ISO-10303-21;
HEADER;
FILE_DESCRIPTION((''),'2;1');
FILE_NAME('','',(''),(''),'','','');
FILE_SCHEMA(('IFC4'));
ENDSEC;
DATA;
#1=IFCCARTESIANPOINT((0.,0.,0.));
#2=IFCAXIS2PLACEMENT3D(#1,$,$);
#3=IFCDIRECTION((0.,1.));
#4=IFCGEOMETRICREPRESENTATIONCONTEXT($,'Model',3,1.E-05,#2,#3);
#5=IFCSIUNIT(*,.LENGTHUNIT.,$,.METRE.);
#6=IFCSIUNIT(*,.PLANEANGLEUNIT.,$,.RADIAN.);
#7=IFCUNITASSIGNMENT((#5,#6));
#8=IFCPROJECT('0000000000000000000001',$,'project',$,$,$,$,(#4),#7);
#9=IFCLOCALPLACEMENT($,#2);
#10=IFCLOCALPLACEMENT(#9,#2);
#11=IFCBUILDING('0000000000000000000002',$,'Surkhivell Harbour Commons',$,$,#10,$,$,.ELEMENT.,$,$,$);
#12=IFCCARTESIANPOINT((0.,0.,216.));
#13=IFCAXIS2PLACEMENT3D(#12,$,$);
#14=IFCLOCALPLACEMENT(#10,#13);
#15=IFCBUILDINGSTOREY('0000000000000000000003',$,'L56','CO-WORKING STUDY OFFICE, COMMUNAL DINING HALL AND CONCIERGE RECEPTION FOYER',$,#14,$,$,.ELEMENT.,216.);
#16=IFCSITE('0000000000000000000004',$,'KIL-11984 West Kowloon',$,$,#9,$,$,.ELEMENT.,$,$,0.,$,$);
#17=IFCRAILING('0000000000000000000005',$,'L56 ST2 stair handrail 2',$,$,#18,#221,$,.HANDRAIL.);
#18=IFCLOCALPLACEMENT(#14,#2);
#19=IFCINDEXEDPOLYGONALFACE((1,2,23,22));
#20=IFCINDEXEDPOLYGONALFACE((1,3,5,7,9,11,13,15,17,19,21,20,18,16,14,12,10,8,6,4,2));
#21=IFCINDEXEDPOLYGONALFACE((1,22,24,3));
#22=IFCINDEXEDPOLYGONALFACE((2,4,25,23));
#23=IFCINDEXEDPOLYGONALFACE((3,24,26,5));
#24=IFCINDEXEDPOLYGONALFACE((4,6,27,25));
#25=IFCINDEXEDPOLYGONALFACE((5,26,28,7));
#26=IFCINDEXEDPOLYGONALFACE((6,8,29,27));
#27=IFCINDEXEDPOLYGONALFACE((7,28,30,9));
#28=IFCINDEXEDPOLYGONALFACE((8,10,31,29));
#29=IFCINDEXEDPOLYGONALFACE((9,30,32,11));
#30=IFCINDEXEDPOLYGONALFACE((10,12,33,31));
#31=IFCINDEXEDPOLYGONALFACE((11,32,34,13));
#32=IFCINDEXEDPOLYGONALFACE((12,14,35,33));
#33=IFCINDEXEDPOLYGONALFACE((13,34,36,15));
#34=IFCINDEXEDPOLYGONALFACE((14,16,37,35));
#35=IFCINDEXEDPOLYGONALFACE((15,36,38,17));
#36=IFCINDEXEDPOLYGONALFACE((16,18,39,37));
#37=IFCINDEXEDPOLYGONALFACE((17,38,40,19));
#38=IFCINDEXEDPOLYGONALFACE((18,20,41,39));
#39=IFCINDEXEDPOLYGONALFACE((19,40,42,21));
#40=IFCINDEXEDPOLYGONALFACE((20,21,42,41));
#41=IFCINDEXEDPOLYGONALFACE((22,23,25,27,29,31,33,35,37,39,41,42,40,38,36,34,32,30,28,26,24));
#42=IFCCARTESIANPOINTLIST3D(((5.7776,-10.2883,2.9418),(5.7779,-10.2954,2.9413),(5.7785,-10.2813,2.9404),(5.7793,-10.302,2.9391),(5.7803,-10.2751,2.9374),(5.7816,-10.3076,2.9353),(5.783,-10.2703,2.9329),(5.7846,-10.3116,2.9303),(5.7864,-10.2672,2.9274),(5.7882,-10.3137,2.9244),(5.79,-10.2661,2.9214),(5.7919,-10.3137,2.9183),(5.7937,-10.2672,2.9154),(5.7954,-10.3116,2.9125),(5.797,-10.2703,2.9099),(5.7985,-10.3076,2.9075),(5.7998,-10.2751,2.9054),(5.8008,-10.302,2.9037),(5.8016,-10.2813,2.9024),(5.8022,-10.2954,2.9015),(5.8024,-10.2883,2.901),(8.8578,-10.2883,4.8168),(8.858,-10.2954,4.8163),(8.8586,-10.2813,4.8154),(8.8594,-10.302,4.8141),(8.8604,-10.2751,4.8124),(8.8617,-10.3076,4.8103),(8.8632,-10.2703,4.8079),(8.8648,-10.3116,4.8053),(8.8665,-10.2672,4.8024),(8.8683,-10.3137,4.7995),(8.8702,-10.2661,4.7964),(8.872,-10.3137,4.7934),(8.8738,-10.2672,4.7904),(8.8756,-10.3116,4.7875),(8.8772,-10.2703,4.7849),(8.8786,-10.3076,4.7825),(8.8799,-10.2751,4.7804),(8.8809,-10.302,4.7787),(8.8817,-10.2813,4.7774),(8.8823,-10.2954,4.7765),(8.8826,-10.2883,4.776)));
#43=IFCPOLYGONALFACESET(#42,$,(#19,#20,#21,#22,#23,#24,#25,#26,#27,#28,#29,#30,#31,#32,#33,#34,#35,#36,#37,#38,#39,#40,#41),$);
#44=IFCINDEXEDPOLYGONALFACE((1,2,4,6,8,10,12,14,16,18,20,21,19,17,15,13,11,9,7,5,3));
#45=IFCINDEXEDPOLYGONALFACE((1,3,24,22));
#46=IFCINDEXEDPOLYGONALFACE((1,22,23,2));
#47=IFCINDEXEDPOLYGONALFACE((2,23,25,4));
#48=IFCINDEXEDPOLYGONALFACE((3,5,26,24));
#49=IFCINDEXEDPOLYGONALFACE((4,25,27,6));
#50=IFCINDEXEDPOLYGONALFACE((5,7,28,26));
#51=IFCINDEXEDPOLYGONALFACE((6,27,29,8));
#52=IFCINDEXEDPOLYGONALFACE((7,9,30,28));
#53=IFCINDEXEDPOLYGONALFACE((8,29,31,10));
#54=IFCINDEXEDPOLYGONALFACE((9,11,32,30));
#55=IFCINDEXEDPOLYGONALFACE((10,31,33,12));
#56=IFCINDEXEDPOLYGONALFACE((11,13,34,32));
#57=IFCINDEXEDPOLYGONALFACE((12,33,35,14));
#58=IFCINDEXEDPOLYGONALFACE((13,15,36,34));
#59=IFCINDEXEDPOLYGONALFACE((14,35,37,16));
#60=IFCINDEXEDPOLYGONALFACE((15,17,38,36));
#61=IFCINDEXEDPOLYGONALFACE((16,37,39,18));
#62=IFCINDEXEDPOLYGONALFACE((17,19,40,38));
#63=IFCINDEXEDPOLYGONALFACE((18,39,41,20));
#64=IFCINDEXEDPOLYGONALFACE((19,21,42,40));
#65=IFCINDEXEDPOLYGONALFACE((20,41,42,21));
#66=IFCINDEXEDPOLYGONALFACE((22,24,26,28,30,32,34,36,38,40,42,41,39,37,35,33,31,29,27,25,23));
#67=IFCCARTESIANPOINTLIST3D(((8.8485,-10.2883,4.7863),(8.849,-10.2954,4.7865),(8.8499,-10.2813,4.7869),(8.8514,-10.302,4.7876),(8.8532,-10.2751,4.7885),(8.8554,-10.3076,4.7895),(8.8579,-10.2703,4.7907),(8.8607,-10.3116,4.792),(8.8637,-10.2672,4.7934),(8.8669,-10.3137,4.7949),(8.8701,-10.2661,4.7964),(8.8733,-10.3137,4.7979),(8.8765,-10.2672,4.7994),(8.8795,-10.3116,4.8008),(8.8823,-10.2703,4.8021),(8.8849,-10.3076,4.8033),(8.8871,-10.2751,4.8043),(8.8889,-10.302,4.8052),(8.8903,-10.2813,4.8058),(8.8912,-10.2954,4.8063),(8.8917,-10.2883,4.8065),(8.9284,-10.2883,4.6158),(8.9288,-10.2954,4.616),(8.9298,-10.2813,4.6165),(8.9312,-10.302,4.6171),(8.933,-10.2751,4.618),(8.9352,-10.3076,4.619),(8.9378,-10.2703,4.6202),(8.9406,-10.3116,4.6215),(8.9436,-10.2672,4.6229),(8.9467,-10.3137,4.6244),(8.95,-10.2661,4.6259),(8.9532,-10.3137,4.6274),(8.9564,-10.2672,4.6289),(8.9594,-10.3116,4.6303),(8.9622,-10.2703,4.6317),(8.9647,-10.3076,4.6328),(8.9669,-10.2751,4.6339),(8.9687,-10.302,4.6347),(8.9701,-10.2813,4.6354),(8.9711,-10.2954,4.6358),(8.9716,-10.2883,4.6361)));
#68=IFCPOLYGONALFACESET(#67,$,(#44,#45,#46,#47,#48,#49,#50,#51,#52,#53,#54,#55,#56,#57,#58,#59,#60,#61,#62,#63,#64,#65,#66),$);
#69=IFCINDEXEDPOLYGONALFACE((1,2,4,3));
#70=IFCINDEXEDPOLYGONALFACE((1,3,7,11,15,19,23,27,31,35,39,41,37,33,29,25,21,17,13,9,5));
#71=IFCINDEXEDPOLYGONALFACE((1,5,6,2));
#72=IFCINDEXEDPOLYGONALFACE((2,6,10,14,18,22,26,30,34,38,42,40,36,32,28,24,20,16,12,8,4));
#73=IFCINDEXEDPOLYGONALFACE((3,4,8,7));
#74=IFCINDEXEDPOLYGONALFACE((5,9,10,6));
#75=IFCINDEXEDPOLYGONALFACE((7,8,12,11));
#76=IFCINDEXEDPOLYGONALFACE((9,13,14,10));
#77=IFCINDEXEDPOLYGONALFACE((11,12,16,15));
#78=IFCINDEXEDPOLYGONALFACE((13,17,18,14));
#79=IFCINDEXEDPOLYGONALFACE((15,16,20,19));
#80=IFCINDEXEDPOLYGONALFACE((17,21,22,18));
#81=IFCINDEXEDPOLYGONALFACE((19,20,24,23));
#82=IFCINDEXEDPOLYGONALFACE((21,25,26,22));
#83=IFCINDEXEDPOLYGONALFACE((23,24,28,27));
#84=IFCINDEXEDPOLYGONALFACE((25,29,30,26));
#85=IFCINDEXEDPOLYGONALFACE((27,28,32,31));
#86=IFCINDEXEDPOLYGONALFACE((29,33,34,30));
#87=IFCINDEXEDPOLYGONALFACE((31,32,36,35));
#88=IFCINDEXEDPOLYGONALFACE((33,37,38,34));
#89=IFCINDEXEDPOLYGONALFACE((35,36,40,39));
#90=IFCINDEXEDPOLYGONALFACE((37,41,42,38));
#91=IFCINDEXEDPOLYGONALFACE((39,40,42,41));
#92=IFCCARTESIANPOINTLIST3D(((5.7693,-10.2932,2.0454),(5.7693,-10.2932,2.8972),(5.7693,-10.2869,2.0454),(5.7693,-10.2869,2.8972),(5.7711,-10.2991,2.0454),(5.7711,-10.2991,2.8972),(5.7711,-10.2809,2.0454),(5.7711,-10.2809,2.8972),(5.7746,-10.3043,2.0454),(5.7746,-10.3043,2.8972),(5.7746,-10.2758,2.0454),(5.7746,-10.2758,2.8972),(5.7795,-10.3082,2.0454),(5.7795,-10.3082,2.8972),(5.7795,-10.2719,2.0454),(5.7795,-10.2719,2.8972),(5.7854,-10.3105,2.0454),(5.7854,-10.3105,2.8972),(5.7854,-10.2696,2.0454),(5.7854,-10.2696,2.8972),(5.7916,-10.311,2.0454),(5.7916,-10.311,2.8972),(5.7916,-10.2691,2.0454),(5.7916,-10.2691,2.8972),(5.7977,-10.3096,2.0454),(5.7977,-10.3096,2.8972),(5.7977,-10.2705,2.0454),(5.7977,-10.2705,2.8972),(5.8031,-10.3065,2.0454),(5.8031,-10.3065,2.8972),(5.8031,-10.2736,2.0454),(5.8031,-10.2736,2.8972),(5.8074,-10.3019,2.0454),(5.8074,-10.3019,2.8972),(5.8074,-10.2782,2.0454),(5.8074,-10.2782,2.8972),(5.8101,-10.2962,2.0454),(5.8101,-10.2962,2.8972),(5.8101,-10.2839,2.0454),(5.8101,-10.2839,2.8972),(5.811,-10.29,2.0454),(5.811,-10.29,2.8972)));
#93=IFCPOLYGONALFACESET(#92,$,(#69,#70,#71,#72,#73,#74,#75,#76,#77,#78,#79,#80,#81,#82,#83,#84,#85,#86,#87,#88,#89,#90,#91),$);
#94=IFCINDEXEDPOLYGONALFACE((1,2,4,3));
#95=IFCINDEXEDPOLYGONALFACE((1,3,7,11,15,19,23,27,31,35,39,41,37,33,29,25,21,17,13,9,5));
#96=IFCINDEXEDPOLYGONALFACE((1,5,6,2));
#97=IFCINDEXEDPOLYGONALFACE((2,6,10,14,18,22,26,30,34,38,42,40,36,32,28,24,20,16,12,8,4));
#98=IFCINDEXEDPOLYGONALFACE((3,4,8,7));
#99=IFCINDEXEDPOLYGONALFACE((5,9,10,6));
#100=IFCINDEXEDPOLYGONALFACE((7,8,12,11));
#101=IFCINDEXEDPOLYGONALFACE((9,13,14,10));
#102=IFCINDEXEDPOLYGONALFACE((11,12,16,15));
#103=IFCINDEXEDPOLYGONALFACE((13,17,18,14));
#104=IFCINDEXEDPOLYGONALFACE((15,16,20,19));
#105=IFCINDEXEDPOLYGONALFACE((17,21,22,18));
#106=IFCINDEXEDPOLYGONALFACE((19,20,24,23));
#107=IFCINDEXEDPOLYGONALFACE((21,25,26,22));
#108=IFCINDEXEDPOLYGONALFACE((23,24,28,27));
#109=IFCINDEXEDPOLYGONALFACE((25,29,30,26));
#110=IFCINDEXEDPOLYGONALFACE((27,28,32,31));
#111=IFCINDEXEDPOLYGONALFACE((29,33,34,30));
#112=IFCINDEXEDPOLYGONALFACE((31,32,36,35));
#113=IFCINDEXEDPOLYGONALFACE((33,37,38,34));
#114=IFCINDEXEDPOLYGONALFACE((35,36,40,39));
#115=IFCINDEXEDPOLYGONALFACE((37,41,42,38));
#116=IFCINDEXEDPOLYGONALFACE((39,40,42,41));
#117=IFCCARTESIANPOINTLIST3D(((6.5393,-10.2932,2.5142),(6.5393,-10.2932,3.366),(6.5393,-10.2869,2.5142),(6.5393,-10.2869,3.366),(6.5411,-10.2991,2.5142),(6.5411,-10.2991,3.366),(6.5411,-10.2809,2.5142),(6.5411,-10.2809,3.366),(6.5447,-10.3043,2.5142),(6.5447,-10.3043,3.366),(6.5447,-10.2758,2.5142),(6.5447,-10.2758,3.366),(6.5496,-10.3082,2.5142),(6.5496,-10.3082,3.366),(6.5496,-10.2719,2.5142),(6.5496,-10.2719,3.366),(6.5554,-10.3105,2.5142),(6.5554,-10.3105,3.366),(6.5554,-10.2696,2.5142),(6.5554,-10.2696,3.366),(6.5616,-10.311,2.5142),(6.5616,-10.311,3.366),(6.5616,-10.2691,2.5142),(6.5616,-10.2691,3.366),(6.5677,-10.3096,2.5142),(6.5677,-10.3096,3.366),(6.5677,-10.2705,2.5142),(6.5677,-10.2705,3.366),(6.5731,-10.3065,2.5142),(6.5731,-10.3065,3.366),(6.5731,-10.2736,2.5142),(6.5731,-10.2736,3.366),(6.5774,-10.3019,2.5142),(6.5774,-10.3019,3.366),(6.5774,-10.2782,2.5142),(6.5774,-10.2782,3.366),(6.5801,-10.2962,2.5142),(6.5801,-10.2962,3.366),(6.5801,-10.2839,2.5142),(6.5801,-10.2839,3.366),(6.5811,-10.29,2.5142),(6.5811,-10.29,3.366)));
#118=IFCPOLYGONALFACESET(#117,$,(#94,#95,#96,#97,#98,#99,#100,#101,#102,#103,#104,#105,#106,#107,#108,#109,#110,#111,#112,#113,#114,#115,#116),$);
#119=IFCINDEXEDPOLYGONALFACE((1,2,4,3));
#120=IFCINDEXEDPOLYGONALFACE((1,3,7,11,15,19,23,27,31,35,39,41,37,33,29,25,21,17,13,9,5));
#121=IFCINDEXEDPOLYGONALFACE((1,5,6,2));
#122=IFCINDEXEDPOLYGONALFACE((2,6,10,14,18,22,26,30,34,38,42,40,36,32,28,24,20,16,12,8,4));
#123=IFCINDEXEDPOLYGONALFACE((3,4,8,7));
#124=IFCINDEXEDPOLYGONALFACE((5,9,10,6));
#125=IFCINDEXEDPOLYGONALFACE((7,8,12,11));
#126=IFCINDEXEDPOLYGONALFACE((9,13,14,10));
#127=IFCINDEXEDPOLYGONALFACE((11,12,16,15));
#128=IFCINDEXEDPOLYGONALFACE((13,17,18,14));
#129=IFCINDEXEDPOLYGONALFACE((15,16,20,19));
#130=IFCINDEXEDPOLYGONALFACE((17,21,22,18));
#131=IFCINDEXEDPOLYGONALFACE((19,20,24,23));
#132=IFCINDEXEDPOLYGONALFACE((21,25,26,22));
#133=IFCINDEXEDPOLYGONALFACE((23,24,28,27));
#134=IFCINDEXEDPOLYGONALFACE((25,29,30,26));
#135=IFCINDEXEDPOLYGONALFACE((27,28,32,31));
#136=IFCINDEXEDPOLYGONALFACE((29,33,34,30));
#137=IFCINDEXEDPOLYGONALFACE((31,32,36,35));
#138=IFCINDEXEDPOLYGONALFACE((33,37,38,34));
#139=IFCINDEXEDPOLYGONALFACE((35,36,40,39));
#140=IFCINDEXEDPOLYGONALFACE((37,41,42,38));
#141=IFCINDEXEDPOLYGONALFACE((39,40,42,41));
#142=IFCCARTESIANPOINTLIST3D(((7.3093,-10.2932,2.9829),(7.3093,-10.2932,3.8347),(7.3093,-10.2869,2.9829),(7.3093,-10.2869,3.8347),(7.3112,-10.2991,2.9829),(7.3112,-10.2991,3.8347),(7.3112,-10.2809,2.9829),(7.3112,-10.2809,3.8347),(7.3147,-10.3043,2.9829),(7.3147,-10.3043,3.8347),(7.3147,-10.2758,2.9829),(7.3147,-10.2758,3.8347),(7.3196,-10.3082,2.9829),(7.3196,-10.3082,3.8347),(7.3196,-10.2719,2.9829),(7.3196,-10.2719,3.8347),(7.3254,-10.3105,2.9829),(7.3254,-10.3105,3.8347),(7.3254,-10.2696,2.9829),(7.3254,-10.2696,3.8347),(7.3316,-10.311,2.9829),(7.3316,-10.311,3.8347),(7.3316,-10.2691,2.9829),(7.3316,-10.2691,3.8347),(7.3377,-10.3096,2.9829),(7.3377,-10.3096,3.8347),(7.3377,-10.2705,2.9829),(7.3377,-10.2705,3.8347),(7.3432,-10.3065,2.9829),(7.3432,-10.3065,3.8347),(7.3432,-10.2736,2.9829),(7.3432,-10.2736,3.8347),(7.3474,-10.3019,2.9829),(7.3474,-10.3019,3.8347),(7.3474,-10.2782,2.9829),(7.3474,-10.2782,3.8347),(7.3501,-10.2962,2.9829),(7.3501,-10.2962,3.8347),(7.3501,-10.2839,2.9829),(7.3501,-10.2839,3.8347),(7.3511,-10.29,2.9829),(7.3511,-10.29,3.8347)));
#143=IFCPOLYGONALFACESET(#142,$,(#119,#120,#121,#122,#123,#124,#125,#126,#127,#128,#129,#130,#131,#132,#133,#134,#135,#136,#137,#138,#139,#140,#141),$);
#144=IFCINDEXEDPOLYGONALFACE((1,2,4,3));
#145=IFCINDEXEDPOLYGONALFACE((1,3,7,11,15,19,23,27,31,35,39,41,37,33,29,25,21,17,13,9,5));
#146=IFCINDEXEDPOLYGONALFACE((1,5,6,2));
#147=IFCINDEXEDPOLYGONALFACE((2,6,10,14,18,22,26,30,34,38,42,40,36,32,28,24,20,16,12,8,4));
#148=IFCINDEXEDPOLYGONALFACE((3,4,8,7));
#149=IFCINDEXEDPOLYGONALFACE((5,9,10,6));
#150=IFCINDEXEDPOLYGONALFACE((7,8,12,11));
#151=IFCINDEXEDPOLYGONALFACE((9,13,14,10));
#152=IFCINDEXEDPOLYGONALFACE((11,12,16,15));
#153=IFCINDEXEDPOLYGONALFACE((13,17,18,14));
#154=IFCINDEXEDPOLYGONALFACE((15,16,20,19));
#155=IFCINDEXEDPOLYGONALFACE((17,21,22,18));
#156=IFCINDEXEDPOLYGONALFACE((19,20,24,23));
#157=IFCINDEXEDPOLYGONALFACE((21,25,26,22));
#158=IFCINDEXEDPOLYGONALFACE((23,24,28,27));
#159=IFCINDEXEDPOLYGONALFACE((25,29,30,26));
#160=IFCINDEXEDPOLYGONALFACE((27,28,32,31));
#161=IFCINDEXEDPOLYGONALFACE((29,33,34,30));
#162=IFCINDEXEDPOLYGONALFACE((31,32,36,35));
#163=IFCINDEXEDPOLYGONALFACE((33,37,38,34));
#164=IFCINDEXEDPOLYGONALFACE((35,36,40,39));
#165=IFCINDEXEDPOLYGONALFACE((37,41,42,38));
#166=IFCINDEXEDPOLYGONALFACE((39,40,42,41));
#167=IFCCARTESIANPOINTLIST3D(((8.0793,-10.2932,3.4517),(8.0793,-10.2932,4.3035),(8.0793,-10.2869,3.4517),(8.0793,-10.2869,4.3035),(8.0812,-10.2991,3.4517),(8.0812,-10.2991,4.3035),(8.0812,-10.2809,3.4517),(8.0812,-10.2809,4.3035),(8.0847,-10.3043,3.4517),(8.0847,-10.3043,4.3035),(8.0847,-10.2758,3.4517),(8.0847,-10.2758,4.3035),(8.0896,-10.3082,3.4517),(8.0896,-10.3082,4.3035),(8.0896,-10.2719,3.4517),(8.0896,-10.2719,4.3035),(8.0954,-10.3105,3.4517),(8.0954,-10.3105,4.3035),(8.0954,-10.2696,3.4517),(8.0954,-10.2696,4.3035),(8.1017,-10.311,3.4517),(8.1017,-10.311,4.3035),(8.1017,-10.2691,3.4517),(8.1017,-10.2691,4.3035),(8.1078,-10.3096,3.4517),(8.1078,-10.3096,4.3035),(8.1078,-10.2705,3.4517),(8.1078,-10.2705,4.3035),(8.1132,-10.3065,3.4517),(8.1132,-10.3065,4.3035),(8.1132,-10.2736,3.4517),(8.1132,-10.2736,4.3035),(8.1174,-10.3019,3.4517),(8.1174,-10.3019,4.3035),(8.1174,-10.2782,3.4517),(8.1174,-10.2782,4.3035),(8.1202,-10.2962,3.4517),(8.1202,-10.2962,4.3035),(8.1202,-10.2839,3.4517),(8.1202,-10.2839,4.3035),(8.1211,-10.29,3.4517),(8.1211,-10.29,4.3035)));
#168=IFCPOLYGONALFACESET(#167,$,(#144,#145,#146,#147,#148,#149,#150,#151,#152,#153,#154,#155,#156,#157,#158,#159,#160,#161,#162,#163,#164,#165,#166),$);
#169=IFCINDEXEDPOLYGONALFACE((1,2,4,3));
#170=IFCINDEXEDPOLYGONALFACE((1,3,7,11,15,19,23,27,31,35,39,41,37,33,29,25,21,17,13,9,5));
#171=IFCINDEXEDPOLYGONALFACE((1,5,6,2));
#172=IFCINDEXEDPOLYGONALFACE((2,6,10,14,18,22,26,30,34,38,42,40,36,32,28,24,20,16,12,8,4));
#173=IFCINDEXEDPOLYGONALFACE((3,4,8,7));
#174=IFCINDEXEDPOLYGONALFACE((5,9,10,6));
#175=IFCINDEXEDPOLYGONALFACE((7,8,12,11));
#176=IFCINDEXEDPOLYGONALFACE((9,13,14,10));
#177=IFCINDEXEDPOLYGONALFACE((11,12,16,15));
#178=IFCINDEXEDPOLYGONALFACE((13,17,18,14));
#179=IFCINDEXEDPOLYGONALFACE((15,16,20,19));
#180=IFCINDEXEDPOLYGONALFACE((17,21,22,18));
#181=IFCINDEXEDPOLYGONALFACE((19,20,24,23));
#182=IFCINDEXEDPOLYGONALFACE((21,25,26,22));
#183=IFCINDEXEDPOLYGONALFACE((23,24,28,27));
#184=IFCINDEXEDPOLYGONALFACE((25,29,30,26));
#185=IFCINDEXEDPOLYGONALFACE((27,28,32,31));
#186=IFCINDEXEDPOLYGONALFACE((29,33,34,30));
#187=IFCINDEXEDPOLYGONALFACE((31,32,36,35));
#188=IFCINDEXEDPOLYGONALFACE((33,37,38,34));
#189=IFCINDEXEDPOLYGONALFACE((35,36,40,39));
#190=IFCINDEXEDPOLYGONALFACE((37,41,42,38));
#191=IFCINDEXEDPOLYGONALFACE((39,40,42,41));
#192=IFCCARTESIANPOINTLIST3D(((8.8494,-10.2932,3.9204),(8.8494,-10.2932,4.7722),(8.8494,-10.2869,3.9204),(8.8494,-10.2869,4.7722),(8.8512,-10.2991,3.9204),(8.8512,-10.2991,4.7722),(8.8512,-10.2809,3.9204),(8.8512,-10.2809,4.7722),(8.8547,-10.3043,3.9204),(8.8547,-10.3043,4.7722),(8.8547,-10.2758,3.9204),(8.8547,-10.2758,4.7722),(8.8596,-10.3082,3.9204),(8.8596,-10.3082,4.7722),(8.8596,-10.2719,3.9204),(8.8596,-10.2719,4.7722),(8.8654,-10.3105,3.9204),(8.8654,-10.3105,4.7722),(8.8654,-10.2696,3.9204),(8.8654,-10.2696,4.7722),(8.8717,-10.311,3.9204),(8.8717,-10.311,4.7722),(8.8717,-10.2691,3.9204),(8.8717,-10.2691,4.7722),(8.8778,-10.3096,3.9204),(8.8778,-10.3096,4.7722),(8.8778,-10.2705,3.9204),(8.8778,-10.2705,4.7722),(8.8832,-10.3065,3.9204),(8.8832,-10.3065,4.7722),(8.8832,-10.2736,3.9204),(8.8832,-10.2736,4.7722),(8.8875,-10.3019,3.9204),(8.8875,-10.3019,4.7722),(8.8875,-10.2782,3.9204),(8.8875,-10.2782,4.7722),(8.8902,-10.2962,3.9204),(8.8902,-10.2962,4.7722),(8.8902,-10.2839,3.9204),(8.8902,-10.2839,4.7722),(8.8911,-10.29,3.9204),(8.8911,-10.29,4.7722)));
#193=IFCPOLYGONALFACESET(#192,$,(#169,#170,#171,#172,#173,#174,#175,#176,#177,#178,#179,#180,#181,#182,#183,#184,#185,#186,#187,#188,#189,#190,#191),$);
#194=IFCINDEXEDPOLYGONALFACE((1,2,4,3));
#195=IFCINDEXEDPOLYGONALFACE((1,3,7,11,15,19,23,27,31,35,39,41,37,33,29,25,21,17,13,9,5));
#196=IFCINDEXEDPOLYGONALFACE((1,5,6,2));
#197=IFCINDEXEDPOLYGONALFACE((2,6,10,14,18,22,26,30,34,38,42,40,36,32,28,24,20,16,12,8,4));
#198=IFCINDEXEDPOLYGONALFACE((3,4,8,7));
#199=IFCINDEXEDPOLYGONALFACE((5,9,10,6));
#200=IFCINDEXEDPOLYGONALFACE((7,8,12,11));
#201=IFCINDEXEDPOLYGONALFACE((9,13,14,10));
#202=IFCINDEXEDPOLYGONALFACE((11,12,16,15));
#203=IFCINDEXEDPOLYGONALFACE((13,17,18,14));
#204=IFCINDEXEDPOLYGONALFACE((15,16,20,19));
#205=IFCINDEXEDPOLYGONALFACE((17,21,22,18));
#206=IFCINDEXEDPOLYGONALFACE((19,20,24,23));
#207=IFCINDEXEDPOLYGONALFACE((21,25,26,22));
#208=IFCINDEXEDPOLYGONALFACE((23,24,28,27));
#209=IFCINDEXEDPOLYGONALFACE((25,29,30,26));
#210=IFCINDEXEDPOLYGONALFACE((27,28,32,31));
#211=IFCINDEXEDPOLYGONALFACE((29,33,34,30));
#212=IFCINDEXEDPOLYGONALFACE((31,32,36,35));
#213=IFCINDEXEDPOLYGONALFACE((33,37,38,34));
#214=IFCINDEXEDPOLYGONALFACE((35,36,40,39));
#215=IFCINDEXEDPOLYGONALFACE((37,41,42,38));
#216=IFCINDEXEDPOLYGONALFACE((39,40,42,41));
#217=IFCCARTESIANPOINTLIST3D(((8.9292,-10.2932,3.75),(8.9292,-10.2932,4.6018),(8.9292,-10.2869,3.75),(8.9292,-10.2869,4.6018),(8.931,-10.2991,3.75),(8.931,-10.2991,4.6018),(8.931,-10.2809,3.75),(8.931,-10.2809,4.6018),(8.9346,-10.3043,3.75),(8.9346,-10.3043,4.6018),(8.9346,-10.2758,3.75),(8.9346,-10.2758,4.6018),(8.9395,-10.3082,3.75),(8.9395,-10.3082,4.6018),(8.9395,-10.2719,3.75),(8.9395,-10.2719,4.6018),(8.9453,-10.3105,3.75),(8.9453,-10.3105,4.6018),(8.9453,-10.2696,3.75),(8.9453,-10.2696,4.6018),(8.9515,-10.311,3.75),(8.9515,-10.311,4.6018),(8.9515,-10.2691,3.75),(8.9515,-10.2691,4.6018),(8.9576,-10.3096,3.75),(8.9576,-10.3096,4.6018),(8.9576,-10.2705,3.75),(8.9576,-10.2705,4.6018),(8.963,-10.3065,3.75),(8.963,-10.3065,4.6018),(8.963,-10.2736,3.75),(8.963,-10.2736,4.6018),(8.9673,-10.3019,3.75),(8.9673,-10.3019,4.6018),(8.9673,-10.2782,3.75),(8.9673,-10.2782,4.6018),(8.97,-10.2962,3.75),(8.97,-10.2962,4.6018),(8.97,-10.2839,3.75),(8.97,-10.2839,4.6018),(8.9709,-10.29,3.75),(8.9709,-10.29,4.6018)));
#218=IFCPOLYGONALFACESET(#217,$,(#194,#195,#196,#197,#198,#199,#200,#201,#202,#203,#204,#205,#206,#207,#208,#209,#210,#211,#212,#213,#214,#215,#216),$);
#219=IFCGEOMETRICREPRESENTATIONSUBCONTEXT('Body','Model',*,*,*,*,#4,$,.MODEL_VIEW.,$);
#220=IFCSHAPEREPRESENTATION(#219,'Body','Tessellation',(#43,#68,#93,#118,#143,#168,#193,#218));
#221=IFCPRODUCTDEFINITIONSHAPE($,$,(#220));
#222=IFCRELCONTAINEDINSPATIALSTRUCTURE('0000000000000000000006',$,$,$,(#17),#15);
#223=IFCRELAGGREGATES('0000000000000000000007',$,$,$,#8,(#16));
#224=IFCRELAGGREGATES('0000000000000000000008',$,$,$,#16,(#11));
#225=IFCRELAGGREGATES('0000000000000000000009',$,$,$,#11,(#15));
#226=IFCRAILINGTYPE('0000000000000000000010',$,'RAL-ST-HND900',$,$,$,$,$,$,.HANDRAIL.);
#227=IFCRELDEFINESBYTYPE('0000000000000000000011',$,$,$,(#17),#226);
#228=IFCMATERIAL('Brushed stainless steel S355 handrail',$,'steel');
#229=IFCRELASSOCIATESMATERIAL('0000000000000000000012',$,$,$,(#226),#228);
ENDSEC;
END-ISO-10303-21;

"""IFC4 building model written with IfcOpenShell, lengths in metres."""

from ifc_helpers import new_model, si_unit, direction, frame, origin, origin_2d, place, context, subcontext, project, spatial, circle, extrude, material, type_object, element, save


model = new_model("IFC4")

# Units and contexts
model_context = context("Model", 3, precision=1e-05, world=origin(), true_north=direction((0.0, 1.0)))
body_context = subcontext(model_context, "Body", "Model", "MODEL_VIEW")
ifc_project = project(units=[si_unit("LENGTHUNIT", "METRE"), si_unit("PLANEANGLEUNIT", "RADIAN")], contexts=[model_context])

# Site, building, storey
site_placement = place(None, origin())
site = spatial("IfcSite", under=ifc_project, at=site_placement, Name="KIL-11984 West Kowloon", CompositionType="ELEMENT", RefElevation=0.0)
building_placement = place(site_placement, origin())
building = spatial("IfcBuilding", under=site, at=building_placement, Name="Surkhivell Harbour Commons", CompositionType="ELEMENT")
storey_placement = place(building_placement, frame((0.0, 0.0, 216.0)))
storey = spatial("IfcBuildingStorey", under=building, at=storey_placement, Name="L56", Description="CO-WORKING STUDY OFFICE, COMMUNAL DINING HALL AND CONCIERGE RECEPTION FOYER", CompositionType="ELEMENT", Elevation=216.0)

# Railing
ifc_material_1 = material(Name="Brushed stainless steel S355 handrail", Category="steel")
railing_type_1 = type_object("IfcRailingType", Name="RAL-ST-HND900", PredefinedType="HANDRAIL", material=ifc_material_1)
railing_1_placement = place(storey_placement, frame((5.79, -10.29, 2.0454)))
element("IfcRailing", 1, at=railing_1_placement, inside=storey, type_object=railing_type_1, Name="L56 ST2 stair handrail 2", PredefinedType="HANDRAIL", context=body_context, shape_type="SweptSolid", body=[
    extrude(circle(Radius=0.0239, at=origin_2d()), frame((0.0, 0.0, 0.876), z_axis=(0.854178, 0.0, 0.519981), x_axis=(0.0, 1.0, 0.0)), (0.0, 0.0, 1.0), 3.606),
    extrude(circle(Radius=0.0239, at=origin_2d()), frame((3.0801, 0.0, 2.751), z_axis=(0.424234, 0.0, -0.905552), x_axis=(0.0, 1.0, 0.0)), (0.0, 0.0, 1.0), 0.1882),
    extrude(circle(Radius=0.021, at=origin_2d()), origin(), (0.0, 0.0, 1.0), 0.8518),
    extrude(circle(Radius=0.021, at=origin_2d()), frame((0.77, 0.0, 0.4688)), (0.0, 0.0, 1.0), 0.8518),
    extrude(circle(Radius=0.021, at=origin_2d()), frame((1.54, 0.0, 0.9375)), (0.0, 0.0, 1.0), 0.8518),
    extrude(circle(Radius=0.021, at=origin_2d()), frame((2.3101, 0.0, 1.4062)), (0.0, 0.0, 1.0), 0.8518),
    extrude(circle(Radius=0.021, at=origin_2d()), frame((3.0801, 0.0, 1.875)), (0.0, 0.0, 1.0), 0.8518),
    extrude(circle(Radius=0.021, at=origin_2d()), frame((3.1599, 0.0, 1.7046)), (0.0, 0.0, 1.0), 0.8518),
])

save(model, "model.ifc")
